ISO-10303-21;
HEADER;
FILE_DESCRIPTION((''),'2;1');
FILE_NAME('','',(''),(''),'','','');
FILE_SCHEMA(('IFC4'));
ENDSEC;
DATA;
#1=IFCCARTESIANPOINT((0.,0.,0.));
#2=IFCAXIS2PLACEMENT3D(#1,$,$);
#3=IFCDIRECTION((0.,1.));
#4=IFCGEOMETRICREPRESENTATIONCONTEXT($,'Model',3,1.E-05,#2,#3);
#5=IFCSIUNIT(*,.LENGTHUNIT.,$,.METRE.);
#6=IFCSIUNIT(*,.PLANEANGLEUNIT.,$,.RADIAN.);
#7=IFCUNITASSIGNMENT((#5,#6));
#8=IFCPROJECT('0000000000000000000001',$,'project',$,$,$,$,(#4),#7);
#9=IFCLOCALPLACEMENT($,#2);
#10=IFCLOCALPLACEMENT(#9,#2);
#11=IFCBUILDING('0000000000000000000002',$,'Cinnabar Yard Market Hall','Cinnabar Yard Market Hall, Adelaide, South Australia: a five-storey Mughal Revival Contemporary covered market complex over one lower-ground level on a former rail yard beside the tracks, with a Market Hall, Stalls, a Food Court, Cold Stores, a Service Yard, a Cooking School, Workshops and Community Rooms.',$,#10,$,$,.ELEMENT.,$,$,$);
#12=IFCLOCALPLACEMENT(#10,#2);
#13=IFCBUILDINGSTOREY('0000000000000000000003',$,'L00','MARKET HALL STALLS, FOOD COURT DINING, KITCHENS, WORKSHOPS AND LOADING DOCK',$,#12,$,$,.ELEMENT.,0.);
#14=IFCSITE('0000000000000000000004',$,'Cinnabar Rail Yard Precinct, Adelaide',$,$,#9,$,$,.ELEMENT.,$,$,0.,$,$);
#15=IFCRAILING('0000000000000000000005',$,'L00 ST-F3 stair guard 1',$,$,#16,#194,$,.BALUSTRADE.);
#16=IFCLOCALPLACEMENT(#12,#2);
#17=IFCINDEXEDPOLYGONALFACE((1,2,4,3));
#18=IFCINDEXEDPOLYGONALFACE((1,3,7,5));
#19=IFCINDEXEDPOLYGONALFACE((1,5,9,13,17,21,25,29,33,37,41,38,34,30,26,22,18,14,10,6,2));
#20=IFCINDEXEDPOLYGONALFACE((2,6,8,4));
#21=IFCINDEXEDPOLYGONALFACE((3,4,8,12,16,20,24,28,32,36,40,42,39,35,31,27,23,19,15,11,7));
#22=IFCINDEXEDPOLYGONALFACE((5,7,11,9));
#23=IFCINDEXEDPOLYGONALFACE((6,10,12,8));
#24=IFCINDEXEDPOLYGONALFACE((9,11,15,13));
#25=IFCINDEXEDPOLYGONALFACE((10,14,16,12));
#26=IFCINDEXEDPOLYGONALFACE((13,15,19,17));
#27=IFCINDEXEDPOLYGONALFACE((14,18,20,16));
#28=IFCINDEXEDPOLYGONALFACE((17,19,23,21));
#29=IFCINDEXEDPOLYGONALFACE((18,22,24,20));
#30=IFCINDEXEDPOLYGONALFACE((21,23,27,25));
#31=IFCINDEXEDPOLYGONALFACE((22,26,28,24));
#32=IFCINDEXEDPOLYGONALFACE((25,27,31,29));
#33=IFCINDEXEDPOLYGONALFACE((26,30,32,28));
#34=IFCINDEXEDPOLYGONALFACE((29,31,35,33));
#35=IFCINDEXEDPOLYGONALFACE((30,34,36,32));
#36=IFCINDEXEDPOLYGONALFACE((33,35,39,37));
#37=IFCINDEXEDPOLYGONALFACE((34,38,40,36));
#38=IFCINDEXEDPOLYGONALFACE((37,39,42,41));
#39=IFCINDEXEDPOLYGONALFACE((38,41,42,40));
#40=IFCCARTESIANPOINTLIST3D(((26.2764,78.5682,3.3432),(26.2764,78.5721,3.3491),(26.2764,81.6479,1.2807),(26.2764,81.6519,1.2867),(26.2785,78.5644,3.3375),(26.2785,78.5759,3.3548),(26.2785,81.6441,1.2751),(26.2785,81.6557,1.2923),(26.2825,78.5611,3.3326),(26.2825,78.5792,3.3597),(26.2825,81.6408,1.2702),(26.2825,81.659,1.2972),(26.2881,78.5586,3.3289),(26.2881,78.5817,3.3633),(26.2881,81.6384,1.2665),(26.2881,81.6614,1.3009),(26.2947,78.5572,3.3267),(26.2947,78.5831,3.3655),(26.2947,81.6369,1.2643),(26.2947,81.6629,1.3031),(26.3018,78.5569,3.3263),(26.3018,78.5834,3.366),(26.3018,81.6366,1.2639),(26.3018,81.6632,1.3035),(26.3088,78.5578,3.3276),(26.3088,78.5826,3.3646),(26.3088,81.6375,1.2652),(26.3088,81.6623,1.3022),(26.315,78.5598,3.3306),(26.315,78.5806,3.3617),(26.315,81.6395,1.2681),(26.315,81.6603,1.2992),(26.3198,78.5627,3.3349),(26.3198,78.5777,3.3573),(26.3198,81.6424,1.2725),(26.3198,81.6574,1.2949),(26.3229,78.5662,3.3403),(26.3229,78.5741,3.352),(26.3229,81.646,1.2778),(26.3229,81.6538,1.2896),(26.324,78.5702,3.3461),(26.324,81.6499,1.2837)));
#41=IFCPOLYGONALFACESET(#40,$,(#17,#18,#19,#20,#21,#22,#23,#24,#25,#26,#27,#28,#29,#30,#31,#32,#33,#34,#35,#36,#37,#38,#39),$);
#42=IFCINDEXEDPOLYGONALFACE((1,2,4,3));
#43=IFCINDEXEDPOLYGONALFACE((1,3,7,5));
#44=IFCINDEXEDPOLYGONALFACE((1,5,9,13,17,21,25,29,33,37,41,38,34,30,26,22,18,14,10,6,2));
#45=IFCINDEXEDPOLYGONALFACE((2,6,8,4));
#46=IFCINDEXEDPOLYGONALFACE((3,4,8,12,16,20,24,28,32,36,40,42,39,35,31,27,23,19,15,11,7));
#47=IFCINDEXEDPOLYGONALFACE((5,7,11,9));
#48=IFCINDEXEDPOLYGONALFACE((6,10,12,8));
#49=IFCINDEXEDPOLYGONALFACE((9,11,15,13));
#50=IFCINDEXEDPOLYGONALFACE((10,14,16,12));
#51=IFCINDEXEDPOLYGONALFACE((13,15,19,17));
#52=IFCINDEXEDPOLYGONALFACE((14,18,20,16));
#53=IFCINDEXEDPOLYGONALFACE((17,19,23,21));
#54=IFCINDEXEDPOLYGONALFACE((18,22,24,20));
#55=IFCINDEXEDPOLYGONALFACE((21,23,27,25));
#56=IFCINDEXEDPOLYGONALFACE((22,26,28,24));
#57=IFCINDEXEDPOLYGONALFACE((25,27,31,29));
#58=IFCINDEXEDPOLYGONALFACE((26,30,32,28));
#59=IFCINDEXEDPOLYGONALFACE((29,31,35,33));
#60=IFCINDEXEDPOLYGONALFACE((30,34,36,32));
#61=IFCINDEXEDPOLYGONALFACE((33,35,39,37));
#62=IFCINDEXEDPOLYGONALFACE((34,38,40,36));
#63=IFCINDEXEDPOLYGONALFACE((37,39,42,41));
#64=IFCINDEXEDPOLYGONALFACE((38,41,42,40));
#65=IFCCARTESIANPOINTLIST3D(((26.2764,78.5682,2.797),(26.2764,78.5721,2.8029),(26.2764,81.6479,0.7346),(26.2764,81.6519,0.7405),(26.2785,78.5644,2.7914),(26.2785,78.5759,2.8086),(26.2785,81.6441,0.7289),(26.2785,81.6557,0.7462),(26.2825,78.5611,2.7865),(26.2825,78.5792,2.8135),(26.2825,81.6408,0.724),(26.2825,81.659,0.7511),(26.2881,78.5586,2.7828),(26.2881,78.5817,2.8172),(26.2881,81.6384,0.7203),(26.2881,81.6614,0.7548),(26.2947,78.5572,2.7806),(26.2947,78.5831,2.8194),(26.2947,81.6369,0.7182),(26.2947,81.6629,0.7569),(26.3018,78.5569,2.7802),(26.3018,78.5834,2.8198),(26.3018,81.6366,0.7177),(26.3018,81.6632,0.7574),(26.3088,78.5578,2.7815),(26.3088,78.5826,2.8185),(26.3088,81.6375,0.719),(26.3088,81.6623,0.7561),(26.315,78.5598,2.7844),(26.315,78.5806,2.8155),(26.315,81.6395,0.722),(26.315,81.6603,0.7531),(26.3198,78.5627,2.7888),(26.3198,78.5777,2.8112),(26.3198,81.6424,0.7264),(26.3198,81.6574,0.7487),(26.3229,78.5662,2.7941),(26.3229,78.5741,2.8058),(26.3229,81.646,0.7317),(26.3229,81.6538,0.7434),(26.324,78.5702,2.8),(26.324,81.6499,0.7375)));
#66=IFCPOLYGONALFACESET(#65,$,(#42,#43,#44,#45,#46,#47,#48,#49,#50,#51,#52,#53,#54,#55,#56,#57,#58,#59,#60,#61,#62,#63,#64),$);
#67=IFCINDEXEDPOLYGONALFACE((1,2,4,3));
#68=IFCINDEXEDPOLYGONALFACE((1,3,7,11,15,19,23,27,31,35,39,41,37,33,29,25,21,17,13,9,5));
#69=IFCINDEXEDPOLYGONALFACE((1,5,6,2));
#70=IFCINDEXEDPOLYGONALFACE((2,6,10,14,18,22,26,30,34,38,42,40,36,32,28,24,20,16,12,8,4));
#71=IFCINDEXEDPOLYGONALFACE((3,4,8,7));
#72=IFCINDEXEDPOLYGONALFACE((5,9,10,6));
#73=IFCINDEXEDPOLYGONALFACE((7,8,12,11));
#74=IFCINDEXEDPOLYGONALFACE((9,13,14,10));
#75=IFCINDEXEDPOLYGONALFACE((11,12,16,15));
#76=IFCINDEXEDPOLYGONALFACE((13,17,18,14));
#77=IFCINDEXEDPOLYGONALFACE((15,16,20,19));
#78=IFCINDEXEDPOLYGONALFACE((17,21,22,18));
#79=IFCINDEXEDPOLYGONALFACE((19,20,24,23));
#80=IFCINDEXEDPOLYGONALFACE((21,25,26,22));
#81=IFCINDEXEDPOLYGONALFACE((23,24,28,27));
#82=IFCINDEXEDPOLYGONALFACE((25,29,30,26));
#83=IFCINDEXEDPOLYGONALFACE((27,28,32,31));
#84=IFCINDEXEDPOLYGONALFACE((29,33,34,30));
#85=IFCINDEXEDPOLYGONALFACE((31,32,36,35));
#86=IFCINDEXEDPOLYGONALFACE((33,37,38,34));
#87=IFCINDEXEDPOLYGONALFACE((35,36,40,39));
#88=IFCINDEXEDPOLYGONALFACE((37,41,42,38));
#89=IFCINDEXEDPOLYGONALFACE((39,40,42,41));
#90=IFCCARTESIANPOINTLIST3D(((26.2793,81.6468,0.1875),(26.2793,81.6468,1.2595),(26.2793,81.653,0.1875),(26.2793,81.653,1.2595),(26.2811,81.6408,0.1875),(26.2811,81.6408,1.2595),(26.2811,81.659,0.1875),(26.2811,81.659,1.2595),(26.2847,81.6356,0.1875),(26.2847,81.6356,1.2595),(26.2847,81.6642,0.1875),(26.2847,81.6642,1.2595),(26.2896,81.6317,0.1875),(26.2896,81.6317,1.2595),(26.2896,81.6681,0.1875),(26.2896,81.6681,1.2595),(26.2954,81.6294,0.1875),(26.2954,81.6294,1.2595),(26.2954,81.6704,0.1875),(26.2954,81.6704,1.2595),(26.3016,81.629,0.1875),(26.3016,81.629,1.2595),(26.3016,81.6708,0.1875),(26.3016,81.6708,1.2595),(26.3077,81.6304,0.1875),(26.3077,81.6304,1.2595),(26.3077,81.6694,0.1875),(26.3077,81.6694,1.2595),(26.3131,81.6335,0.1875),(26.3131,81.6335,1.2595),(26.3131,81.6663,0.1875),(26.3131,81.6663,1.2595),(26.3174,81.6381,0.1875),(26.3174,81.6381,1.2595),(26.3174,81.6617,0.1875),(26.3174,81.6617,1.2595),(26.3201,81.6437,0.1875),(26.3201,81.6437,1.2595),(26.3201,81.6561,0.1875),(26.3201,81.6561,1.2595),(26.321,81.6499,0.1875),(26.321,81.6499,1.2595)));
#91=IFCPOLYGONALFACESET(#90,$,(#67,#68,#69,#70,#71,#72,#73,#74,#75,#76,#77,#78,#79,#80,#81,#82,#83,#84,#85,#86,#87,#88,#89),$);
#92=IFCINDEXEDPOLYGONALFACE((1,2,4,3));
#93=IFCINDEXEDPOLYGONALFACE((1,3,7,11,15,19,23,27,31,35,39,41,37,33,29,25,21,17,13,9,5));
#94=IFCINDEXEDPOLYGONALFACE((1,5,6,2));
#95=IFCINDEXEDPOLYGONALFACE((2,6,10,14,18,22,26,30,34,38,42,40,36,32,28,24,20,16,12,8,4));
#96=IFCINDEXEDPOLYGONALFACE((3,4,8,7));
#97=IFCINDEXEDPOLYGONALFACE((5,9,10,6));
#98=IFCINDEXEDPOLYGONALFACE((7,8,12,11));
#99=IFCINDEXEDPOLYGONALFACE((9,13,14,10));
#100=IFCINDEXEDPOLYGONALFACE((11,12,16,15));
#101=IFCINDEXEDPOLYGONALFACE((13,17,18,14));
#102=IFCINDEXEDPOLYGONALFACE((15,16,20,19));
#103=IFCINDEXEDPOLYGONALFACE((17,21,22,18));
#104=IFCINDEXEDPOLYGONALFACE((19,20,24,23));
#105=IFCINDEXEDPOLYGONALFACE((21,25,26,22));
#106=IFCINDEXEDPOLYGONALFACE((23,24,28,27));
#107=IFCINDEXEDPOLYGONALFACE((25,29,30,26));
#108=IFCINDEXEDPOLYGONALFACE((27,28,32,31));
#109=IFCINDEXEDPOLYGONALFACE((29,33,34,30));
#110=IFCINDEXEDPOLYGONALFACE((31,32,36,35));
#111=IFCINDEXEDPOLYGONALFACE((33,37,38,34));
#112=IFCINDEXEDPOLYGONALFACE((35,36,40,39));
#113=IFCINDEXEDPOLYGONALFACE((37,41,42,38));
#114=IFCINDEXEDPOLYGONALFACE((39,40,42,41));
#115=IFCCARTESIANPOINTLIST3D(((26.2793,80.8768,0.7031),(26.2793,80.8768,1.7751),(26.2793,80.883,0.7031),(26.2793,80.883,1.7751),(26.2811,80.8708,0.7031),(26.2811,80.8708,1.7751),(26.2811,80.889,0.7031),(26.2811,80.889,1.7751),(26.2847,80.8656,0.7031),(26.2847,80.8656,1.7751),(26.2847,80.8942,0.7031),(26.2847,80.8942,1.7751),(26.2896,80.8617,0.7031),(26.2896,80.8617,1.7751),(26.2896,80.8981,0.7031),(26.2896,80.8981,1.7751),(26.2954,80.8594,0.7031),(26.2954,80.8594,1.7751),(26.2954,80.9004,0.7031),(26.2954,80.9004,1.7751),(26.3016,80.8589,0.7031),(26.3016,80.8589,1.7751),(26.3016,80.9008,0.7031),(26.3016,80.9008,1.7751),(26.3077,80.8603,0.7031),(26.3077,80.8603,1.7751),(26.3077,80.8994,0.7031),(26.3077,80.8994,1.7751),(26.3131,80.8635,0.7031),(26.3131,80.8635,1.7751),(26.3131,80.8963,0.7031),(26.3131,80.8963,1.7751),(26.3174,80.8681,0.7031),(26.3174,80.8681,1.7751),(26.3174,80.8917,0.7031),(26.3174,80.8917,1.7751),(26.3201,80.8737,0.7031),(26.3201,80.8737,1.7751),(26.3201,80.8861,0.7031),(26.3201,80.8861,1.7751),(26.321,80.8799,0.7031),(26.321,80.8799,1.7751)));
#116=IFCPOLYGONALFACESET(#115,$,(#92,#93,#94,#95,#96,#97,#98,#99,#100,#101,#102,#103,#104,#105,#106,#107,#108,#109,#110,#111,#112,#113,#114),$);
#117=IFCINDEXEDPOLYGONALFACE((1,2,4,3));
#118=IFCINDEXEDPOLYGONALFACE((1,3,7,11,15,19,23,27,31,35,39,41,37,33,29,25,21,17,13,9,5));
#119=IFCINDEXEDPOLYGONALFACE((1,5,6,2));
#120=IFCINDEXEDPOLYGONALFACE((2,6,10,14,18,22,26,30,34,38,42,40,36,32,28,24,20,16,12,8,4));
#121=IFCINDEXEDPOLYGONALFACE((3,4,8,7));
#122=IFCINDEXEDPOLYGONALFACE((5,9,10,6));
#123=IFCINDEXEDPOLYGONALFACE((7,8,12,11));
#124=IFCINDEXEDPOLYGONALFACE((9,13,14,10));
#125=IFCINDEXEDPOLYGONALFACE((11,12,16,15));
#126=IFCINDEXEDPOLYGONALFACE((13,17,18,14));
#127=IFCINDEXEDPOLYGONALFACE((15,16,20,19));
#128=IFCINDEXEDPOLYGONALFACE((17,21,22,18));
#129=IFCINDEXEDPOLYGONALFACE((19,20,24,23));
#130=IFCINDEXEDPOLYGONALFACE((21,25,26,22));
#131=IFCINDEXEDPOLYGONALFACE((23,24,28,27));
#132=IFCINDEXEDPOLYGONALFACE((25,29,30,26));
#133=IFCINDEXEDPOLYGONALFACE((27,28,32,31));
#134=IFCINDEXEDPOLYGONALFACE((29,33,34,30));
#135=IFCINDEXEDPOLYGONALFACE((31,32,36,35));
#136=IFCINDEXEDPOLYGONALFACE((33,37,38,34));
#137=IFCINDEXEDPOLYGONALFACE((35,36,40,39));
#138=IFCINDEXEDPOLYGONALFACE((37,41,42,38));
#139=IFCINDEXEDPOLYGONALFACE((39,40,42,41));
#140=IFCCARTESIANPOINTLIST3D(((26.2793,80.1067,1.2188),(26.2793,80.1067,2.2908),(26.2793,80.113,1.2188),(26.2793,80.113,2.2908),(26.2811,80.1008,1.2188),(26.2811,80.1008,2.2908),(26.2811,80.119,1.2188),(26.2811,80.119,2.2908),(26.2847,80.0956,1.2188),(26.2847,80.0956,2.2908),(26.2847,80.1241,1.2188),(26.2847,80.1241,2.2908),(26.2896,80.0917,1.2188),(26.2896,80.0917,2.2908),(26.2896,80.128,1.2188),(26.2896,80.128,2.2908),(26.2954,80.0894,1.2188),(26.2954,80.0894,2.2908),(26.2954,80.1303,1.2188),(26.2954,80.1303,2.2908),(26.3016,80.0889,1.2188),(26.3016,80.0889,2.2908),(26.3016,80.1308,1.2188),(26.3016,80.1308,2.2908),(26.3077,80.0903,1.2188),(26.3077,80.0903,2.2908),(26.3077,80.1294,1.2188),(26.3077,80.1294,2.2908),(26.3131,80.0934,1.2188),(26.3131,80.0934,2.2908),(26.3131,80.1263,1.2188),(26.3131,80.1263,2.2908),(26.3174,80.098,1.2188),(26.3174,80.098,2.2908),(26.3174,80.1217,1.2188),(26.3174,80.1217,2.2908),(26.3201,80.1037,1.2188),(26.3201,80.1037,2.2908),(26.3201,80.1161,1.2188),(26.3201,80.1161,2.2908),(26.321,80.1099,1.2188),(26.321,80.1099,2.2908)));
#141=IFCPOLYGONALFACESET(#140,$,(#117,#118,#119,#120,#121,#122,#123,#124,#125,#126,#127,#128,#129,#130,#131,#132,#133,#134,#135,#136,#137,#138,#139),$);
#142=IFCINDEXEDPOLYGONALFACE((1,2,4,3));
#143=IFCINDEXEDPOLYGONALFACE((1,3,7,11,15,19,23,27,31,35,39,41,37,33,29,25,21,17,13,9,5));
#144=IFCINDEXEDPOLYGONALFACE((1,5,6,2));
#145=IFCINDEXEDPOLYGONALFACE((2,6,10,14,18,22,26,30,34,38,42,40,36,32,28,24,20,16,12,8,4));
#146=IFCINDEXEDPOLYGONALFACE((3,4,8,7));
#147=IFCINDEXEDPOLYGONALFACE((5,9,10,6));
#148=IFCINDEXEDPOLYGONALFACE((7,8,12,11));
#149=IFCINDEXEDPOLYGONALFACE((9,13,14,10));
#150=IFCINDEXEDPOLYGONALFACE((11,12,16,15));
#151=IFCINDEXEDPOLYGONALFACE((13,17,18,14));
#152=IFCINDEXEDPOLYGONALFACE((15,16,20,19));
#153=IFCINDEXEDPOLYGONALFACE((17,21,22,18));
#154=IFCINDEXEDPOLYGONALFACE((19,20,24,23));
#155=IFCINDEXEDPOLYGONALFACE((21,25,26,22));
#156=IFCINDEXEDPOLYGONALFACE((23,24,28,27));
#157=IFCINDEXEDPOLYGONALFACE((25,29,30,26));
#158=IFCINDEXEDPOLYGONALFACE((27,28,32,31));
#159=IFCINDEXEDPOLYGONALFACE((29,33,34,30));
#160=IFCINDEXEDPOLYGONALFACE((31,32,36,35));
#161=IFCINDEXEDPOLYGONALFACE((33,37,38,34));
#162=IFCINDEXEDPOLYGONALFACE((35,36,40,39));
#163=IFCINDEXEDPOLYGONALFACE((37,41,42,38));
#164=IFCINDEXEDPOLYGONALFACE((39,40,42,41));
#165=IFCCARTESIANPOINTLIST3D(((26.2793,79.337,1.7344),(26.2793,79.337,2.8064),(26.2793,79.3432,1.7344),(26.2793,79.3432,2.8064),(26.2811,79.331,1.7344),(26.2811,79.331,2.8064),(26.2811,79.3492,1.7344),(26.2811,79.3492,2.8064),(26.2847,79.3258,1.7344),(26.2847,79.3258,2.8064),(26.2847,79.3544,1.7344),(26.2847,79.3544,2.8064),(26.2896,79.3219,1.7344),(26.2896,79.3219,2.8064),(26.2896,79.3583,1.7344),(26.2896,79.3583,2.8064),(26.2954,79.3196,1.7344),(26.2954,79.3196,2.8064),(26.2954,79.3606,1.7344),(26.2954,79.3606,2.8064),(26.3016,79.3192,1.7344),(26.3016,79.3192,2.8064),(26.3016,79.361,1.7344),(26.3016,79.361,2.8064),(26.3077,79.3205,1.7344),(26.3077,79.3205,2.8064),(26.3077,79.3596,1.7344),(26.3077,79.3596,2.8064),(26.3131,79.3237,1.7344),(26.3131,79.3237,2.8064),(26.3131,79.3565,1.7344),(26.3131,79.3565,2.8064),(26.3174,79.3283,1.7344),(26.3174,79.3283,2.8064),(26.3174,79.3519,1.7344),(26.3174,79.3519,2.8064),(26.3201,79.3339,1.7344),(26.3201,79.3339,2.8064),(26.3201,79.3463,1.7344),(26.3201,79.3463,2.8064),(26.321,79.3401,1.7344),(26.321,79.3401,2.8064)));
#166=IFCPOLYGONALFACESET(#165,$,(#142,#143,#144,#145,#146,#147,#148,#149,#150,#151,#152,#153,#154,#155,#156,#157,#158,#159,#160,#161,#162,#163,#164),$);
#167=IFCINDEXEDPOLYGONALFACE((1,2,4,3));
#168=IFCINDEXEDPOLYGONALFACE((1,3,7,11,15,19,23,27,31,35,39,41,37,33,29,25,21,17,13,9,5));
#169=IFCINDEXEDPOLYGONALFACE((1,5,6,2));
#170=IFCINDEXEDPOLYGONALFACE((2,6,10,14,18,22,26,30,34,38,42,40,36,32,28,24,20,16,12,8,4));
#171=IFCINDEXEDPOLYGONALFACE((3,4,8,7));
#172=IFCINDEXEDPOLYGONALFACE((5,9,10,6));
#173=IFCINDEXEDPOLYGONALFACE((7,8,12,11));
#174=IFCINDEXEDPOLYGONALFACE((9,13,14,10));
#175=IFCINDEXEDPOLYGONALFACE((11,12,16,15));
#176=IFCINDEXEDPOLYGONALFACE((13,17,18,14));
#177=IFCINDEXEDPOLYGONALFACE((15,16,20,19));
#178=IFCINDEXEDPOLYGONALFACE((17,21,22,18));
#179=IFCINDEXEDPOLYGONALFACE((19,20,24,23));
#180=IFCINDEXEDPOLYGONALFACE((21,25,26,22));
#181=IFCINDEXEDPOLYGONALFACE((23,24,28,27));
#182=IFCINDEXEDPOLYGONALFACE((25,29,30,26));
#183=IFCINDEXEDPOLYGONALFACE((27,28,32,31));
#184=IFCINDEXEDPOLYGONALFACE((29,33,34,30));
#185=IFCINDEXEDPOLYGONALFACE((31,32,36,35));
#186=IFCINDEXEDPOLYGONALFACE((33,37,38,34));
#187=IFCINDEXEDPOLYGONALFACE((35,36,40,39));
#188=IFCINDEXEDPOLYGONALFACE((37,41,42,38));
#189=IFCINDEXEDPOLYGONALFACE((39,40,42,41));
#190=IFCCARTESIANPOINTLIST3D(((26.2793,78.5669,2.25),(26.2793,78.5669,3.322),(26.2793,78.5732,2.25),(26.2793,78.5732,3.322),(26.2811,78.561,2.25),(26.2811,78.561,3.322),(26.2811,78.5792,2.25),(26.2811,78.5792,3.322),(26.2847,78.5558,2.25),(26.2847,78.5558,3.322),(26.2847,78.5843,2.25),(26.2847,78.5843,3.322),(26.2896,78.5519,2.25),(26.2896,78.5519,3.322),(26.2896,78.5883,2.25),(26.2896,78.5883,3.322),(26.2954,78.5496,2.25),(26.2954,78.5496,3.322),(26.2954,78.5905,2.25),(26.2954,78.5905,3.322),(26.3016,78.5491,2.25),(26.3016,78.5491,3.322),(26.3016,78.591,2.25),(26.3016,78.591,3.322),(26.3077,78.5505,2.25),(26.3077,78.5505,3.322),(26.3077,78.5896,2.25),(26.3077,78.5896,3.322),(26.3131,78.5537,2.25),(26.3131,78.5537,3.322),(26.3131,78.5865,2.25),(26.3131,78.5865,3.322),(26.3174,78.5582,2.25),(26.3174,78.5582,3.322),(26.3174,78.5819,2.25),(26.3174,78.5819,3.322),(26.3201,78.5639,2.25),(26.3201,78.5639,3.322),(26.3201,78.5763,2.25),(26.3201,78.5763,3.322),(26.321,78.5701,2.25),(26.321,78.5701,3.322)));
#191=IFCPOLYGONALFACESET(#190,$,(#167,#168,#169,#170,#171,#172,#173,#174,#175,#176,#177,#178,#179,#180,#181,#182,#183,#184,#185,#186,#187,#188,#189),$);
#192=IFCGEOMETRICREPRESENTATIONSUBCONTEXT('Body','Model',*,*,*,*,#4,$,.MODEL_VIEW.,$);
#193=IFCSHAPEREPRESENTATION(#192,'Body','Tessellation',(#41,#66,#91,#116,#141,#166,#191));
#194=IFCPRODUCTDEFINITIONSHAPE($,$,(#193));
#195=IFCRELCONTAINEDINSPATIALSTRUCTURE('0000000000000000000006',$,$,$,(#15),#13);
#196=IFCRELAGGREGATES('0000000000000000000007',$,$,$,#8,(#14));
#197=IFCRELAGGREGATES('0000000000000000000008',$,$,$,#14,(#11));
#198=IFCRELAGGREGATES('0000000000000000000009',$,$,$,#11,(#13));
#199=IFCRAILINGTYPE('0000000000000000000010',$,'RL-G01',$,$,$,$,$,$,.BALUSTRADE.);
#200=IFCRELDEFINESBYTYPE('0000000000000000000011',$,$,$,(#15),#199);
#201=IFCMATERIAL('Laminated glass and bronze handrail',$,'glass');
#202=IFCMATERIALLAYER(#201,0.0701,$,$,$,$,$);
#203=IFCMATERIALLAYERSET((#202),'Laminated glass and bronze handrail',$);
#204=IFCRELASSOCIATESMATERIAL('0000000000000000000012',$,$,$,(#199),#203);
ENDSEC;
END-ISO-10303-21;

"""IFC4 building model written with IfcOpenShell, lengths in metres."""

from ifc_helpers import new_model, si_unit, direction, frame, origin, origin_2d_with_axis, place, context, subcontext, project, spatial, circle, extrude, material, layer, layer_set, type_object, element, save


model = new_model("IFC4")

# Units and contexts
model_context = context("Model", 3, precision=1e-05, world=origin(), true_north=direction((0.0, 1.0)))
body_context = subcontext(model_context, "Body", "Model", "MODEL_VIEW")
ifc_project = project(units=[si_unit("LENGTHUNIT", "METRE"), si_unit("PLANEANGLEUNIT", "RADIAN")], contexts=[model_context])

# Site, building, storey
site_placement = place(None, origin())
site = spatial("IfcSite", under=ifc_project, at=site_placement, Name="Cinnabar Rail Yard Precinct, Adelaide", CompositionType="ELEMENT", RefElevation=0.0)
building_placement = place(site_placement, origin())
building = spatial("IfcBuilding", under=site, at=building_placement, Name="Cinnabar Yard Market Hall", Description="Cinnabar Yard Market Hall, Adelaide, South Australia: a five-storey Mughal Revival Contemporary covered market complex over one lower-ground level on a former rail yard beside the tracks, with a Market Hall, Stalls, a Food Court, Cold Stores, a Service Yard, a Cooking School, Workshops and Community Rooms.", CompositionType="ELEMENT")
storey_placement = place(building_placement, origin())
storey = spatial("IfcBuildingStorey", under=building, at=storey_placement, Name="L00", Description="MARKET HALL STALLS, FOOD COURT DINING, KITCHENS, WORKSHOPS AND LOADING DOCK", CompositionType="ELEMENT", Elevation=0.0)

# Railing
ifc_material_1 = material(Name="Laminated glass and bronze handrail", Category="glass")
ifc_layer_1 = layer(ifc_material_1, 0.0701)
ifc_layer_set_1 = layer_set([ifc_layer_1], Name="Laminated glass and bronze handrail")
railing_type_1 = type_object("IfcRailingType", Name="RL-G01", PredefinedType="BALUSTRADE", material=ifc_layer_set_1)
railing_1_placement = place(storey_placement, frame((26.3, 81.6499, 0.1875)))
element("IfcRailing", 1, at=railing_1_placement, inside=storey, type_object=railing_type_1, Name="L00 ST-F3 stair guard 1", PredefinedType="BALUSTRADE", context=body_context, shape_type="SweptSolid", body=[
    extrude(circle(Radius=0.0239, at=origin_2d_with_axis()), frame((0.0, 0.0, 1.0962), z_axis=(0.0, -0.830893, 0.556432), x_axis=(1.0, 0.0, 0.0)), (0.0, 0.0, 1.0), 3.7065),
    extrude(circle(Radius=0.0239, at=origin_2d_with_axis()), frame((0.0, 0.0, 0.55), z_axis=(0.0, -0.830893, 0.556432), x_axis=(1.0, 0.0, 0.0)), (0.0, 0.0, 1.0), 3.7065),
    extrude(circle(Radius=0.021, at=origin_2d_with_axis()), origin(), (0.0, 0.0, 1.0), 1.072),
    extrude(circle(Radius=0.021, at=origin_2d_with_axis()), frame((0.0, -0.77, 0.5156)), (0.0, 0.0, 1.0), 1.072),
    extrude(circle(Radius=0.021, at=origin_2d_with_axis()), frame((0.0, -1.54, 1.0312)), (0.0, 0.0, 1.0), 1.072),
    extrude(circle(Radius=0.021, at=origin_2d_with_axis()), frame((0.0, -2.3098, 1.5469)), (0.0, 0.0, 1.0), 1.072),
    extrude(circle(Radius=0.021, at=origin_2d_with_axis()), frame((0.0, -3.0798, 2.0625)), (0.0, 0.0, 1.0), 1.072),
])

save(model, "model.ifc")
